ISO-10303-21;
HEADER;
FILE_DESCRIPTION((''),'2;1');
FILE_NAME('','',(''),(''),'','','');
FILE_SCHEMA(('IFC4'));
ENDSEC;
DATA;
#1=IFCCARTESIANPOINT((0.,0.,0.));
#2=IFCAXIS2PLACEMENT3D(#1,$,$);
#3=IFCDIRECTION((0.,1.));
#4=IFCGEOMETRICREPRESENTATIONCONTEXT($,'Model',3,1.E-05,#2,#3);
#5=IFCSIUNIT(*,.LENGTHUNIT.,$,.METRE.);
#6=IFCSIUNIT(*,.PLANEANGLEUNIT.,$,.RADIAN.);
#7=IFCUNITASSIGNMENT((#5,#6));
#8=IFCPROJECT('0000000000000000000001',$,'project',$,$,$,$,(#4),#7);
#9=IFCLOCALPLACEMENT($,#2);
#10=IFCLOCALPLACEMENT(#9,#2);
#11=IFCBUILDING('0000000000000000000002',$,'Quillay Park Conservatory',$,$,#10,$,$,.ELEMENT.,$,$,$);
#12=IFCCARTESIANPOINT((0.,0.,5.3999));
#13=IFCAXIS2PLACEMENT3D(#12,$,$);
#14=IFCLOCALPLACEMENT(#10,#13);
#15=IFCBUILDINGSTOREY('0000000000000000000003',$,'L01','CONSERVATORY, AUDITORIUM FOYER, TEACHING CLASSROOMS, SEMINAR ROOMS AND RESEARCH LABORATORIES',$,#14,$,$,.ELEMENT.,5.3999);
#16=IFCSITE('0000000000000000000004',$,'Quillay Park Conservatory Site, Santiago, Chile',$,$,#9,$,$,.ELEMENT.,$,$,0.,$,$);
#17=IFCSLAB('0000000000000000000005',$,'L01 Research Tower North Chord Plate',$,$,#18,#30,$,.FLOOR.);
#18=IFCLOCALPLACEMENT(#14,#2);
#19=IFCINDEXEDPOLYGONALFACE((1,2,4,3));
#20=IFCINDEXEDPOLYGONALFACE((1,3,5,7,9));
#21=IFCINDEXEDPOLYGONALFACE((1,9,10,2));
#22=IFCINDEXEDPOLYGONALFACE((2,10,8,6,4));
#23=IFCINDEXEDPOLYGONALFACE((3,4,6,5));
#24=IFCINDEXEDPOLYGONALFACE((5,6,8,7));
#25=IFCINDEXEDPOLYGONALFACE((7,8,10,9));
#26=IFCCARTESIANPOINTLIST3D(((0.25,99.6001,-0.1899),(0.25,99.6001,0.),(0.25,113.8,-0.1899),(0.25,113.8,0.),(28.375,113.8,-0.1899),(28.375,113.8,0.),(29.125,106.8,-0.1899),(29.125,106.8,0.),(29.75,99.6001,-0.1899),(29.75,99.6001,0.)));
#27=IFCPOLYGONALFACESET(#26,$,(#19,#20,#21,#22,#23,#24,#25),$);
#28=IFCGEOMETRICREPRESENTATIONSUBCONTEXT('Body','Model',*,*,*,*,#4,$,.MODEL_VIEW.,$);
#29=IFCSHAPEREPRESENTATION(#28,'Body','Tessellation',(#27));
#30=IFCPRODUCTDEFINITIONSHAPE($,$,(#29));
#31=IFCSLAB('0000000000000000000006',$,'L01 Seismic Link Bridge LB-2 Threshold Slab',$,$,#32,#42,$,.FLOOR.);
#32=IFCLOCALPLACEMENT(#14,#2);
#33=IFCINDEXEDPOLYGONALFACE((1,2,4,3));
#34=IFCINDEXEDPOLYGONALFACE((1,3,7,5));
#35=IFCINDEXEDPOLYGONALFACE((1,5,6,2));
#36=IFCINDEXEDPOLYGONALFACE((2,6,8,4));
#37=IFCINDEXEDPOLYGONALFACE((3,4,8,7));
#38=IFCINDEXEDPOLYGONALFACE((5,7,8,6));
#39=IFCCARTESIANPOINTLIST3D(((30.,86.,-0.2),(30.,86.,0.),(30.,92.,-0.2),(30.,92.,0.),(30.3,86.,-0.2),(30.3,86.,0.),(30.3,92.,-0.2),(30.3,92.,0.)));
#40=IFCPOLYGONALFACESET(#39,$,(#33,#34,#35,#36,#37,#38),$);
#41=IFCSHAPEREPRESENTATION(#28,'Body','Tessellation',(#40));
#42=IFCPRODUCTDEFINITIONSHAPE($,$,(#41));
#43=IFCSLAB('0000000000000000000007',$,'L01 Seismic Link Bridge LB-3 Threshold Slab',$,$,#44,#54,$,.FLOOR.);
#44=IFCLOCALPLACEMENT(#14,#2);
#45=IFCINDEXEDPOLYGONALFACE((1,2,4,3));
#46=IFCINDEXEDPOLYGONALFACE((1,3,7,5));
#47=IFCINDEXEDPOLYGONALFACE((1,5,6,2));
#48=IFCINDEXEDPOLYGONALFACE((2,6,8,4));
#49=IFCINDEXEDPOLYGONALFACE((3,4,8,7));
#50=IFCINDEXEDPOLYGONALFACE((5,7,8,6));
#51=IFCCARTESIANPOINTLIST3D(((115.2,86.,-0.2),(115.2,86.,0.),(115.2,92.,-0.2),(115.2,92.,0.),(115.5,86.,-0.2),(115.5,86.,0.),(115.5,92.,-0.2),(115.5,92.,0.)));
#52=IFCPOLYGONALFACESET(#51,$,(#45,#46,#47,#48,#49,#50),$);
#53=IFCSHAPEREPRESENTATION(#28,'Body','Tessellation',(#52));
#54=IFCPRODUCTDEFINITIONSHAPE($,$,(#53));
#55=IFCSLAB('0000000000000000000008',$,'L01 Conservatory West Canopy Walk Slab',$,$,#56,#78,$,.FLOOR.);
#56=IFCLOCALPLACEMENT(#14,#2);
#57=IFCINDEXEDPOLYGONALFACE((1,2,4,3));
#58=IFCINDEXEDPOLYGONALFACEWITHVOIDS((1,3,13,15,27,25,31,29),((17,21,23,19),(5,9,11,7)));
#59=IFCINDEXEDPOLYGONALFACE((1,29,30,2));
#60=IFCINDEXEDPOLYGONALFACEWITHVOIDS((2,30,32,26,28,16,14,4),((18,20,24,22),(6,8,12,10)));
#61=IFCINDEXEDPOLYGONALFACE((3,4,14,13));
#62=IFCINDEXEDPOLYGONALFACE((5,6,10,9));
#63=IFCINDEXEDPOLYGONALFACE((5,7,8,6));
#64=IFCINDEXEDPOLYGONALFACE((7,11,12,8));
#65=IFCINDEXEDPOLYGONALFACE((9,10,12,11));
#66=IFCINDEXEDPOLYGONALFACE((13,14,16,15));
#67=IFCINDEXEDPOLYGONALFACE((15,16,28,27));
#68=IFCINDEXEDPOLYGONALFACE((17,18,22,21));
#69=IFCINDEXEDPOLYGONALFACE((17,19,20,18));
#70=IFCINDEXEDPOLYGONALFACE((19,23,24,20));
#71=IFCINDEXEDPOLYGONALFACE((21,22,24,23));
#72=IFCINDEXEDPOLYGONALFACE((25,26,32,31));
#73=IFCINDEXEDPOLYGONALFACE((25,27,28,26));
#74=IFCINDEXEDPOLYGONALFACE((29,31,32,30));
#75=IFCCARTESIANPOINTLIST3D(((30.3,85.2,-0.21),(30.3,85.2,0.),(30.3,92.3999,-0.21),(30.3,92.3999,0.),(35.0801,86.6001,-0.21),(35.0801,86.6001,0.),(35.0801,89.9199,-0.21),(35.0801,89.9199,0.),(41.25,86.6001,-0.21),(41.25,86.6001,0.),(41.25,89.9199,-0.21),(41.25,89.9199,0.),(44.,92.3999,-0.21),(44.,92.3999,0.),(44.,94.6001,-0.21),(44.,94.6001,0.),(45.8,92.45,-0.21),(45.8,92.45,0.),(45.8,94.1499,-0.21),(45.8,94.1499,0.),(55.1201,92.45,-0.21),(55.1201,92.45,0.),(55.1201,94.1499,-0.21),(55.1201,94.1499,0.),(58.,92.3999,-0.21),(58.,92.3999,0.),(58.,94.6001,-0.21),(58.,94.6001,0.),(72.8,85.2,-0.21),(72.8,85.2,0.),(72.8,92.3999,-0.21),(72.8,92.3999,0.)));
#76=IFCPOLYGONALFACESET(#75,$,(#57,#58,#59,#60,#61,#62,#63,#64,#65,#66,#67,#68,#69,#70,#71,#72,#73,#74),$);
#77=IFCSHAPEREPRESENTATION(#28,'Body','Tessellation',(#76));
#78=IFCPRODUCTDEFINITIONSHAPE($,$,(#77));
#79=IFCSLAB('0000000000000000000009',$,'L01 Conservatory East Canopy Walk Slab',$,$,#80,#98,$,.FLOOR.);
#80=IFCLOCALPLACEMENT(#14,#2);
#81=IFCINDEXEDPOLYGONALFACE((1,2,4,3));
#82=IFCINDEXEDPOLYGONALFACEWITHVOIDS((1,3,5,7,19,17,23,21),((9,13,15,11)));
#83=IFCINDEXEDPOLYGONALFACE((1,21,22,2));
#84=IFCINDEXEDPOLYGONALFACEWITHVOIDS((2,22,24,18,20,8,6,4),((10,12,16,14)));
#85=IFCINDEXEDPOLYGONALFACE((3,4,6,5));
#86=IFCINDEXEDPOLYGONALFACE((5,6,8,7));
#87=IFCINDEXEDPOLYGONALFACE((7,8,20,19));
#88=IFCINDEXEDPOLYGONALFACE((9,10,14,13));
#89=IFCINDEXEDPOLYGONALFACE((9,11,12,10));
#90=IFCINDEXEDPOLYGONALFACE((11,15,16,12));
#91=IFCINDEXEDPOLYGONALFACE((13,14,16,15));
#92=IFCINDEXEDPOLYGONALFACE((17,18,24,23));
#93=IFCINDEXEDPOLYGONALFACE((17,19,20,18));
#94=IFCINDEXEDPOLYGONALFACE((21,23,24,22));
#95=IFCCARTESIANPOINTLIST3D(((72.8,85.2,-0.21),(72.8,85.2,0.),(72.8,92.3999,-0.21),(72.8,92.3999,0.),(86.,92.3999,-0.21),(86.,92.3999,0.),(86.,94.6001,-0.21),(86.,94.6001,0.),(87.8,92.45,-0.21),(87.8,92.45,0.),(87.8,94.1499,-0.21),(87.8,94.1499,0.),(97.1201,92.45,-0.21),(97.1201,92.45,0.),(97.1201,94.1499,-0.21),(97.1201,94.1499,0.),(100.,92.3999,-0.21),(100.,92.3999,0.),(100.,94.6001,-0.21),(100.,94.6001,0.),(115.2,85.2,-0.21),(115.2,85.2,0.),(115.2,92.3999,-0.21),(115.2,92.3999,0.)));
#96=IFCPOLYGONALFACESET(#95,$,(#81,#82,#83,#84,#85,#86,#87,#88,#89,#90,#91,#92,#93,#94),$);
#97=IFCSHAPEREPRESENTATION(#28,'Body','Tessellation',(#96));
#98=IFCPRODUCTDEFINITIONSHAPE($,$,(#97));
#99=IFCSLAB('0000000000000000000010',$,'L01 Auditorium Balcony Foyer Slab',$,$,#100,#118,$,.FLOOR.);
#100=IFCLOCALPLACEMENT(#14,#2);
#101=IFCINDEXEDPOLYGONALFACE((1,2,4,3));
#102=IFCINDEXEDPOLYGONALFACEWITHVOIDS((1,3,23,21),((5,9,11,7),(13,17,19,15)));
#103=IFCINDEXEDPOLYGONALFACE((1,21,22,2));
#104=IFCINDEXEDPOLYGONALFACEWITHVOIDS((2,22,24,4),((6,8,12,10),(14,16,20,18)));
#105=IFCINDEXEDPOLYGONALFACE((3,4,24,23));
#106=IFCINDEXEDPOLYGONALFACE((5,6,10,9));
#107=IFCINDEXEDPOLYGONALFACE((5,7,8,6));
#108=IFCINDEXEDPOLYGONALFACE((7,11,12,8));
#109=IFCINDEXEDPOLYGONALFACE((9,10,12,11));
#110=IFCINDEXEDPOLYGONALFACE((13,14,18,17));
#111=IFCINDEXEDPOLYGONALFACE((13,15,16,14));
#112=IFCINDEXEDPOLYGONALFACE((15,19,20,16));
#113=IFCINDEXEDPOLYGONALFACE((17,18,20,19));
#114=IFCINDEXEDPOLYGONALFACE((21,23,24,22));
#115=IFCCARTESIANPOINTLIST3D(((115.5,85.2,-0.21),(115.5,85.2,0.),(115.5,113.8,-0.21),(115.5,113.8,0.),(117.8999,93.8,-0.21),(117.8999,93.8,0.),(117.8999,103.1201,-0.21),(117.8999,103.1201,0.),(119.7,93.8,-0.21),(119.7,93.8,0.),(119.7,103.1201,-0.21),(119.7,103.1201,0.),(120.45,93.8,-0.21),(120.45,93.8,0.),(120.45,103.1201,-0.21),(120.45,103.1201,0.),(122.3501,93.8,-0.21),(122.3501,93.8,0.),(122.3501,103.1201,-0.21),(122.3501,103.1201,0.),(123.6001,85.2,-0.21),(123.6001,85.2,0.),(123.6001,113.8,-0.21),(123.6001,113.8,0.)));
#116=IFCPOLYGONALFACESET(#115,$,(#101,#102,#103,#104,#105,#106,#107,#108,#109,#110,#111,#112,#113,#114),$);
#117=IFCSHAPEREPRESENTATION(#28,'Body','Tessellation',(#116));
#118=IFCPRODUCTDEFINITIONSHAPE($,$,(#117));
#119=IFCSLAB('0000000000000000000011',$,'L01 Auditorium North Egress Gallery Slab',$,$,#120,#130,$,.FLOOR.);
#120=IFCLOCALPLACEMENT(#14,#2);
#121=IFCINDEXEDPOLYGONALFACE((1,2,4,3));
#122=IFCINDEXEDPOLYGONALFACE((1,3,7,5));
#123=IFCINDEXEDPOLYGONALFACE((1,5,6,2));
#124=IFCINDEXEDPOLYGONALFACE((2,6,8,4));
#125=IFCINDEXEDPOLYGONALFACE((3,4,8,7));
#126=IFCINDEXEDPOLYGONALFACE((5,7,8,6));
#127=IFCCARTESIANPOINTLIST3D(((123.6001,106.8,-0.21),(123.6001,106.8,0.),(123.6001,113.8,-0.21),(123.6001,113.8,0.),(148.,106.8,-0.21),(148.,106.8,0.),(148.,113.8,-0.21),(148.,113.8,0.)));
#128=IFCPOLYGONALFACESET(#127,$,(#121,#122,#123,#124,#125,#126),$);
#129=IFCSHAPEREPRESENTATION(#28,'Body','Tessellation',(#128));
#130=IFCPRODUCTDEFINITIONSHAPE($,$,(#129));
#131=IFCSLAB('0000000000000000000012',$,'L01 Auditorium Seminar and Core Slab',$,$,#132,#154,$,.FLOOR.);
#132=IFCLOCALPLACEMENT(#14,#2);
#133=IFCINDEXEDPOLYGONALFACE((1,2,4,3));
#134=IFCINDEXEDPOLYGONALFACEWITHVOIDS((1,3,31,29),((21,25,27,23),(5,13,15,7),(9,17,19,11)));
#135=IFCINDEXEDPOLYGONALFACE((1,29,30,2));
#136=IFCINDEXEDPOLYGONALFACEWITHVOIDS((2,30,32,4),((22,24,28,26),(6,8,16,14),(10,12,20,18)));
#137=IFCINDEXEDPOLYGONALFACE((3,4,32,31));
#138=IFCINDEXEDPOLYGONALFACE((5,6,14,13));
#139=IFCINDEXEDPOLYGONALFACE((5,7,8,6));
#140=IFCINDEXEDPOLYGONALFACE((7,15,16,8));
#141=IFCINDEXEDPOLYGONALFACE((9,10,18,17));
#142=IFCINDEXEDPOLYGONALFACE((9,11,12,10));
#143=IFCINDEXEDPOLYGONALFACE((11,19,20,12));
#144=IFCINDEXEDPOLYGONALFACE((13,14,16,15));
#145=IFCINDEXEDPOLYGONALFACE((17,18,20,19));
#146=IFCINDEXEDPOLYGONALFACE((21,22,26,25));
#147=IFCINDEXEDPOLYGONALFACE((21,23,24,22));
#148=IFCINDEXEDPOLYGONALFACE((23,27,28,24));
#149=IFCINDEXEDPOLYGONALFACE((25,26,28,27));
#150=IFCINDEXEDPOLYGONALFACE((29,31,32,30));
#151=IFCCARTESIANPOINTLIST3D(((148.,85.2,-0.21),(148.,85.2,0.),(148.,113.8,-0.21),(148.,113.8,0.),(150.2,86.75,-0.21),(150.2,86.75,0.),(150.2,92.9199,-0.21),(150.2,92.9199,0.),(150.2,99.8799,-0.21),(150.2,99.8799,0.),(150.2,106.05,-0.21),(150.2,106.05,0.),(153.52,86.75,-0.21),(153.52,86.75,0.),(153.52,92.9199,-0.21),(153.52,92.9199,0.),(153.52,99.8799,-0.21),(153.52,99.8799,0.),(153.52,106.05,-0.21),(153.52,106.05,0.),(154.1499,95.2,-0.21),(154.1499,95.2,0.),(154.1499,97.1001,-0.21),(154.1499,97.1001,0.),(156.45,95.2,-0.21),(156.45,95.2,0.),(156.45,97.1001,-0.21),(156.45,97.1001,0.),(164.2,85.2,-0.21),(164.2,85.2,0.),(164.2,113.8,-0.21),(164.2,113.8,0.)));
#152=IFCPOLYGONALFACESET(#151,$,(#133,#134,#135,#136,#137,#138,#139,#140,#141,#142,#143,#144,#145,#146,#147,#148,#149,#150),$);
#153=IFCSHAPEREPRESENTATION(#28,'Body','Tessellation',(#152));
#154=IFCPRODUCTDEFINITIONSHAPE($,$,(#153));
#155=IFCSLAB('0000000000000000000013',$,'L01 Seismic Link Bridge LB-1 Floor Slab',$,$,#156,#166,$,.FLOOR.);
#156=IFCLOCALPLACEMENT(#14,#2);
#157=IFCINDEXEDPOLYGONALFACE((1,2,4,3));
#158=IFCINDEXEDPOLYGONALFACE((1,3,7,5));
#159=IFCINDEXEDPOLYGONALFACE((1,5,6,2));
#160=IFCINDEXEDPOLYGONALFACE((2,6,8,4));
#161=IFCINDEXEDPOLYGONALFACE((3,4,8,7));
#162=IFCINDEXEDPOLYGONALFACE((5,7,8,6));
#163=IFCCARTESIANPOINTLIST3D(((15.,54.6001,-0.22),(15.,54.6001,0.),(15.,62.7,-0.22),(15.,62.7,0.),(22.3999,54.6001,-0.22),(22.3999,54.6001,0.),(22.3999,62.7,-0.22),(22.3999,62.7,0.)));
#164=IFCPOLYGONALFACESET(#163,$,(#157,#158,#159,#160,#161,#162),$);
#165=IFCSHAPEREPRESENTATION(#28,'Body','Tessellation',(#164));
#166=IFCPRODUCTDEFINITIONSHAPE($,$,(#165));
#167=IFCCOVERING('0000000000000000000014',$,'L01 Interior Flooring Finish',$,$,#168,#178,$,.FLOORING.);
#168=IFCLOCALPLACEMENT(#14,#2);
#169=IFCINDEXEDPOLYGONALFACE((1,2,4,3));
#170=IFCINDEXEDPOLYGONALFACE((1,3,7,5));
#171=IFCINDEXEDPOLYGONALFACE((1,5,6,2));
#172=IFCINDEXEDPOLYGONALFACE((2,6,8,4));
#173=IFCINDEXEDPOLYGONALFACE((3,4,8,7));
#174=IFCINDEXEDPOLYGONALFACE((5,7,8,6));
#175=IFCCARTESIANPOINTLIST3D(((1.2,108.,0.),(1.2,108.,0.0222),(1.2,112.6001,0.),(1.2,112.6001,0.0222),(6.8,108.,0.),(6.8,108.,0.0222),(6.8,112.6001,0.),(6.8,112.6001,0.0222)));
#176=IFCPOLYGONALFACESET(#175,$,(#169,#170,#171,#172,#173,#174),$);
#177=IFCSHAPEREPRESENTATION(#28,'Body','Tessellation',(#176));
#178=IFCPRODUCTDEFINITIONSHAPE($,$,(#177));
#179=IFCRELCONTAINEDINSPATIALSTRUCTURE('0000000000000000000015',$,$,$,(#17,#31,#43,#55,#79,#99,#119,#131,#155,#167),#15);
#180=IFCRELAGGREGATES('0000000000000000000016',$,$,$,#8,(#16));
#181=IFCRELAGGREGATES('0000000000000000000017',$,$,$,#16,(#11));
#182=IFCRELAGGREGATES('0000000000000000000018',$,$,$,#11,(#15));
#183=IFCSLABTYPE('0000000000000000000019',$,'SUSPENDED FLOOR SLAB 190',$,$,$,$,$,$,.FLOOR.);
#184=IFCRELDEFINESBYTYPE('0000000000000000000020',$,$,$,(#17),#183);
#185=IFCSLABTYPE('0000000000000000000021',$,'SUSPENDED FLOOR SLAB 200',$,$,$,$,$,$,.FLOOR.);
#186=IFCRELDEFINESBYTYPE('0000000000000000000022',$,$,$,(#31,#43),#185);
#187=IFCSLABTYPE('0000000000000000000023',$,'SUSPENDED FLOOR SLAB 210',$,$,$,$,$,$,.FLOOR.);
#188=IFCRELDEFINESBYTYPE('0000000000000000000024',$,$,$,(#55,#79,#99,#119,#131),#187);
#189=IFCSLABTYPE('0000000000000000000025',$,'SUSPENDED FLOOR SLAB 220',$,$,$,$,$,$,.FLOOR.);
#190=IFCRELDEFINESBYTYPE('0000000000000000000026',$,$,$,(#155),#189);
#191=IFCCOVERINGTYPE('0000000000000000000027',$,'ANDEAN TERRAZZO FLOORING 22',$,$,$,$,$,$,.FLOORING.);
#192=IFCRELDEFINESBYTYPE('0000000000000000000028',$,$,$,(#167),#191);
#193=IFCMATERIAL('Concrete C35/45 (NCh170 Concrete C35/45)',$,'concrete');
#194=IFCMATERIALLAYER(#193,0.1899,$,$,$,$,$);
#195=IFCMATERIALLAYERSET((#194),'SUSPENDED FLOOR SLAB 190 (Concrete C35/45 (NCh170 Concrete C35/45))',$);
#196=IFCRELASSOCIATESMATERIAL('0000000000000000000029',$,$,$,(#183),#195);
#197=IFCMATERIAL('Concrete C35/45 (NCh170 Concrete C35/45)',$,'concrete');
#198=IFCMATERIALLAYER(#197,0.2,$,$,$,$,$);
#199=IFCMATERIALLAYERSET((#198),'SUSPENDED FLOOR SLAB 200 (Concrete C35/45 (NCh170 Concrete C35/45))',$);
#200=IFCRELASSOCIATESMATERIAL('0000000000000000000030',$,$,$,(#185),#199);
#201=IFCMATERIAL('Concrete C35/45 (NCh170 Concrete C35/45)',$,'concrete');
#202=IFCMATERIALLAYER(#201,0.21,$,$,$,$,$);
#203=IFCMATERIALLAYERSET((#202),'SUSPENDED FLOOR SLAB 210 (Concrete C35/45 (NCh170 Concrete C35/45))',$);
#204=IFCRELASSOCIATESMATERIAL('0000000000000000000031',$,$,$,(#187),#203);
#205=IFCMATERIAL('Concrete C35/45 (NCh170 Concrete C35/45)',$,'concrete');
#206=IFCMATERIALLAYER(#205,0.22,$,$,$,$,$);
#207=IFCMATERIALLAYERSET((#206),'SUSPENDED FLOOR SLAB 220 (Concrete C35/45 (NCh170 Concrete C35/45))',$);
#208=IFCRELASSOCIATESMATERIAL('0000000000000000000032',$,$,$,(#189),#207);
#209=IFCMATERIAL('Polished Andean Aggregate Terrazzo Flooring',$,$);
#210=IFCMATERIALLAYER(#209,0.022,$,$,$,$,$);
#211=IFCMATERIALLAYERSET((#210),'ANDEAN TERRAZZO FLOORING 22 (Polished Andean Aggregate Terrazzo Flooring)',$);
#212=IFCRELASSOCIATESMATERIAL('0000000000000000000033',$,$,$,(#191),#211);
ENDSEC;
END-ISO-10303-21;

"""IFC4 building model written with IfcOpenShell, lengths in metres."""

from ifc_helpers import new_model, si_unit, direction, frame, origin, place, context, subcontext, project, spatial, polyline, outline, extrude, material, layer, layer_set, type_object, element, save


model = new_model("IFC4")

# Units and contexts
model_context = context("Model", 3, precision=1e-05, world=origin(), true_north=direction((0.0, 1.0)))
body_context = subcontext(model_context, "Body", "Model", "MODEL_VIEW")
ifc_project = project(units=[si_unit("LENGTHUNIT", "METRE"), si_unit("PLANEANGLEUNIT", "RADIAN")], contexts=[model_context])

# Site, building, storey
site_placement = place(None, origin())
site = spatial("IfcSite", under=ifc_project, at=site_placement, Name="Quillay Park Conservatory Site, Santiago, Chile", CompositionType="ELEMENT", RefElevation=0.0)
building_placement = place(site_placement, origin())
building = spatial("IfcBuilding", under=site, at=building_placement, Name="Quillay Park Conservatory", CompositionType="ELEMENT")
storey_placement = place(building_placement, frame((0.0, 0.0, 5.3999)))
storey = spatial("IfcBuildingStorey", under=building, at=storey_placement, Name="L01", Description="CONSERVATORY, AUDITORIUM FOYER, TEACHING CLASSROOMS, SEMINAR ROOMS AND RESEARCH LABORATORIES", CompositionType="ELEMENT", Elevation=5.3999)

# Slabs
ifc_material_1 = material(Name="Concrete C35/45 (NCh170 Concrete C35/45)", Category="concrete")
ifc_layer_1 = layer(ifc_material_1, 0.1899)
ifc_layer_set_1 = layer_set([ifc_layer_1], Name="SUSPENDED FLOOR SLAB 190 (Concrete C35/45 (NCh170 Concrete C35/45))")
slab_type_1 = type_object("IfcSlabType", Name="SUSPENDED FLOOR SLAB 190", PredefinedType="FLOOR", material=ifc_layer_set_1)
slab_1_placement = place(storey_placement, frame((0.0, 0.0, -0.1899)))
element("IfcSlab", 1, at=slab_1_placement, inside=storey, type_object=slab_type_1, Name="L01 Research Tower North Chord Plate", PredefinedType="FLOOR", context=body_context, shape_type="SweptSolid", body=[
    extrude(outline(polyline([(0.25, 99.6001), (29.75, 99.6001), (29.125, 106.8), (28.375, 113.8), (0.25, 113.8), (0.25, 99.6001)])), origin(), (0.0, 0.0, 1.0), 0.1899),
])
ifc_material_2 = material(Name="Concrete C35/45 (NCh170 Concrete C35/45)", Category="concrete")
ifc_layer_2 = layer(ifc_material_2, 0.2)
ifc_layer_set_2 = layer_set([ifc_layer_2], Name="SUSPENDED FLOOR SLAB 200 (Concrete C35/45 (NCh170 Concrete C35/45))")
slab_type_2 = type_object("IfcSlabType", Name="SUSPENDED FLOOR SLAB 200", PredefinedType="FLOOR", material=ifc_layer_set_2)
slab_2_placement = place(storey_placement, frame((0.0, 0.0, -0.2)))
element("IfcSlab", 2, at=slab_2_placement, inside=storey, type_object=slab_type_2, Name="L01 Seismic Link Bridge LB-2 Threshold Slab", PredefinedType="FLOOR", context=body_context, shape_type="SweptSolid", body=[
    extrude(outline(polyline([(30.0, 86.0), (30.3, 86.0), (30.3, 92.0), (30.0, 92.0), (30.0, 86.0)])), origin(), (0.0, 0.0, 1.0), 0.2),
])
slab_3_placement = place(storey_placement, frame((0.0, 0.0, -0.2)))
element("IfcSlab", 3, at=slab_3_placement, inside=storey, type_object=slab_type_2, Name="L01 Seismic Link Bridge LB-3 Threshold Slab", PredefinedType="FLOOR", context=body_context, shape_type="SweptSolid", body=[
    extrude(outline(polyline([(115.2, 86.0), (115.5, 86.0), (115.5, 92.0), (115.2, 92.0), (115.2, 86.0)])), origin(), (0.0, 0.0, 1.0), 0.2),
])
ifc_material_3 = material(Name="Concrete C35/45 (NCh170 Concrete C35/45)", Category="concrete")
ifc_layer_3 = layer(ifc_material_3, 0.21)
ifc_layer_set_3 = layer_set([ifc_layer_3], Name="SUSPENDED FLOOR SLAB 210 (Concrete C35/45 (NCh170 Concrete C35/45))")
slab_type_3 = type_object("IfcSlabType", Name="SUSPENDED FLOOR SLAB 210", PredefinedType="FLOOR", material=ifc_layer_set_3)
slab_4_placement = place(storey_placement, frame((0.0, 0.0, -0.21)))
element("IfcSlab", 4, at=slab_4_placement, inside=storey, type_object=slab_type_3, Name="L01 Conservatory West Canopy Walk Slab", PredefinedType="FLOOR", context=body_context, shape_type="SweptSolid", body=[
    extrude(outline(polyline([(30.3, 85.2), (72.8, 85.2), (72.8, 92.3999), (58.0, 92.3999), (58.0, 94.6001), (44.0, 94.6001), (44.0, 92.3999), (30.3, 92.3999), (30.3, 85.2)]), holes=[polyline([(35.0801, 86.6001), (41.25, 86.6001), (41.25, 89.9199), (35.0801, 89.9199), (35.0801, 86.6001)]), polyline([(45.8, 92.45), (55.1201, 92.45), (55.1201, 94.1499), (45.8, 94.1499), (45.8, 92.45)])]), origin(), (0.0, 0.0, 1.0), 0.21),
])
slab_5_placement = place(storey_placement, frame((0.0, 0.0, -0.21)))
element("IfcSlab", 5, at=slab_5_placement, inside=storey, type_object=slab_type_3, Name="L01 Conservatory East Canopy Walk Slab", PredefinedType="FLOOR", context=body_context, shape_type="SweptSolid", body=[
    extrude(outline(polyline([(72.8, 85.2), (115.2, 85.2), (115.2, 92.3999), (100.0, 92.3999), (100.0, 94.6001), (86.0, 94.6001), (86.0, 92.3999), (72.8, 92.3999), (72.8, 85.2)]), holes=[polyline([(87.8, 92.45), (97.1201, 92.45), (97.1201, 94.1499), (87.8, 94.1499), (87.8, 92.45)])]), origin(), (0.0, 0.0, 1.0), 0.21),
])
slab_6_placement = place(storey_placement, frame((0.0, 0.0, -0.21)))
element("IfcSlab", 6, at=slab_6_placement, inside=storey, type_object=slab_type_3, Name="L01 Auditorium Balcony Foyer Slab", PredefinedType="FLOOR", context=body_context, shape_type="SweptSolid", body=[
    extrude(outline(polyline([(115.5, 85.2), (123.6001, 85.2), (123.6001, 113.8), (115.5, 113.8), (115.5, 85.2)]), holes=[polyline([(117.8999, 93.8), (119.7, 93.8), (119.7, 103.1201), (117.8999, 103.1201), (117.8999, 93.8)]), polyline([(120.45, 93.8), (122.3501, 93.8), (122.3501, 103.1201), (120.45, 103.1201), (120.45, 93.8)])]), origin(), (0.0, 0.0, 1.0), 0.21),
])
slab_7_placement = place(storey_placement, frame((0.0, 0.0, -0.21)))
element("IfcSlab", 7, at=slab_7_placement, inside=storey, type_object=slab_type_3, Name="L01 Auditorium North Egress Gallery Slab", PredefinedType="FLOOR", context=body_context, shape_type="SweptSolid", body=[
    extrude(outline(polyline([(123.6001, 106.8), (148.0, 106.8), (148.0, 113.8), (123.6001, 113.8), (123.6001, 106.8)])), origin(), (0.0, 0.0, 1.0), 0.21),
])
slab_8_placement = place(storey_placement, frame((0.0, 0.0, -0.21)))
element("IfcSlab", 8, at=slab_8_placement, inside=storey, type_object=slab_type_3, Name="L01 Auditorium Seminar and Core Slab", PredefinedType="FLOOR", context=body_context, shape_type="SweptSolid", body=[
    extrude(outline(polyline([(148.0, 85.2), (164.2, 85.2), (164.2, 113.8), (148.0, 113.8), (148.0, 85.2)]), holes=[polyline([(150.2, 86.75), (153.52, 86.75), (153.52, 92.9199), (150.2, 92.9199), (150.2, 86.75)]), polyline([(150.2, 99.8799), (153.52, 99.8799), (153.52, 106.05), (150.2, 106.05), (150.2, 99.8799)]), polyline([(154.1499, 95.2), (156.45, 95.2), (156.45, 97.1001), (154.1499, 97.1001), (154.1499, 95.2)])]), origin(), (0.0, 0.0, 1.0), 0.21),
])
ifc_material_4 = material(Name="Concrete C35/45 (NCh170 Concrete C35/45)", Category="concrete")
ifc_layer_4 = layer(ifc_material_4, 0.22)
ifc_layer_set_4 = layer_set([ifc_layer_4], Name="SUSPENDED FLOOR SLAB 220 (Concrete C35/45 (NCh170 Concrete C35/45))")
slab_type_4 = type_object("IfcSlabType", Name="SUSPENDED FLOOR SLAB 220", PredefinedType="FLOOR", material=ifc_layer_set_4)
slab_9_placement = place(storey_placement, frame((0.0, 0.0, -0.22)))
element("IfcSlab", 9, at=slab_9_placement, inside=storey, type_object=slab_type_4, Name="L01 Seismic Link Bridge LB-1 Floor Slab", PredefinedType="FLOOR", context=body_context, shape_type="SweptSolid", body=[
    extrude(outline(polyline([(15.0, 54.6001), (22.3999, 54.6001), (22.3999, 62.7), (15.0, 62.7), (15.0, 54.6001)])), origin(), (0.0, 0.0, 1.0), 0.22),
])

# Covering
ifc_material_5 = material(Name="Polished Andean Aggregate Terrazzo Flooring")
ifc_layer_5 = layer(ifc_material_5, 0.022)
ifc_layer_set_5 = layer_set([ifc_layer_5], Name="ANDEAN TERRAZZO FLOORING 22 (Polished Andean Aggregate Terrazzo Flooring)")
covering_type_1 = type_object("IfcCoveringType", Name="ANDEAN TERRAZZO FLOORING 22", PredefinedType="FLOORING", material=ifc_layer_set_5)
covering_1_placement = place(storey_placement, origin())
element("IfcCovering", 10, at=covering_1_placement, inside=storey, type_object=covering_type_1, Name="L01 Interior Flooring Finish", PredefinedType="FLOORING", context=body_context, shape_type="SweptSolid", body=[
    extrude(outline(polyline([(1.2, 108.0), (6.8, 108.0), (6.8, 112.6001), (1.2, 112.6001), (1.2, 108.0)])), origin(), (0.0, 0.0, 1.0), 0.0222),
])

save(model, "model.ifc")
